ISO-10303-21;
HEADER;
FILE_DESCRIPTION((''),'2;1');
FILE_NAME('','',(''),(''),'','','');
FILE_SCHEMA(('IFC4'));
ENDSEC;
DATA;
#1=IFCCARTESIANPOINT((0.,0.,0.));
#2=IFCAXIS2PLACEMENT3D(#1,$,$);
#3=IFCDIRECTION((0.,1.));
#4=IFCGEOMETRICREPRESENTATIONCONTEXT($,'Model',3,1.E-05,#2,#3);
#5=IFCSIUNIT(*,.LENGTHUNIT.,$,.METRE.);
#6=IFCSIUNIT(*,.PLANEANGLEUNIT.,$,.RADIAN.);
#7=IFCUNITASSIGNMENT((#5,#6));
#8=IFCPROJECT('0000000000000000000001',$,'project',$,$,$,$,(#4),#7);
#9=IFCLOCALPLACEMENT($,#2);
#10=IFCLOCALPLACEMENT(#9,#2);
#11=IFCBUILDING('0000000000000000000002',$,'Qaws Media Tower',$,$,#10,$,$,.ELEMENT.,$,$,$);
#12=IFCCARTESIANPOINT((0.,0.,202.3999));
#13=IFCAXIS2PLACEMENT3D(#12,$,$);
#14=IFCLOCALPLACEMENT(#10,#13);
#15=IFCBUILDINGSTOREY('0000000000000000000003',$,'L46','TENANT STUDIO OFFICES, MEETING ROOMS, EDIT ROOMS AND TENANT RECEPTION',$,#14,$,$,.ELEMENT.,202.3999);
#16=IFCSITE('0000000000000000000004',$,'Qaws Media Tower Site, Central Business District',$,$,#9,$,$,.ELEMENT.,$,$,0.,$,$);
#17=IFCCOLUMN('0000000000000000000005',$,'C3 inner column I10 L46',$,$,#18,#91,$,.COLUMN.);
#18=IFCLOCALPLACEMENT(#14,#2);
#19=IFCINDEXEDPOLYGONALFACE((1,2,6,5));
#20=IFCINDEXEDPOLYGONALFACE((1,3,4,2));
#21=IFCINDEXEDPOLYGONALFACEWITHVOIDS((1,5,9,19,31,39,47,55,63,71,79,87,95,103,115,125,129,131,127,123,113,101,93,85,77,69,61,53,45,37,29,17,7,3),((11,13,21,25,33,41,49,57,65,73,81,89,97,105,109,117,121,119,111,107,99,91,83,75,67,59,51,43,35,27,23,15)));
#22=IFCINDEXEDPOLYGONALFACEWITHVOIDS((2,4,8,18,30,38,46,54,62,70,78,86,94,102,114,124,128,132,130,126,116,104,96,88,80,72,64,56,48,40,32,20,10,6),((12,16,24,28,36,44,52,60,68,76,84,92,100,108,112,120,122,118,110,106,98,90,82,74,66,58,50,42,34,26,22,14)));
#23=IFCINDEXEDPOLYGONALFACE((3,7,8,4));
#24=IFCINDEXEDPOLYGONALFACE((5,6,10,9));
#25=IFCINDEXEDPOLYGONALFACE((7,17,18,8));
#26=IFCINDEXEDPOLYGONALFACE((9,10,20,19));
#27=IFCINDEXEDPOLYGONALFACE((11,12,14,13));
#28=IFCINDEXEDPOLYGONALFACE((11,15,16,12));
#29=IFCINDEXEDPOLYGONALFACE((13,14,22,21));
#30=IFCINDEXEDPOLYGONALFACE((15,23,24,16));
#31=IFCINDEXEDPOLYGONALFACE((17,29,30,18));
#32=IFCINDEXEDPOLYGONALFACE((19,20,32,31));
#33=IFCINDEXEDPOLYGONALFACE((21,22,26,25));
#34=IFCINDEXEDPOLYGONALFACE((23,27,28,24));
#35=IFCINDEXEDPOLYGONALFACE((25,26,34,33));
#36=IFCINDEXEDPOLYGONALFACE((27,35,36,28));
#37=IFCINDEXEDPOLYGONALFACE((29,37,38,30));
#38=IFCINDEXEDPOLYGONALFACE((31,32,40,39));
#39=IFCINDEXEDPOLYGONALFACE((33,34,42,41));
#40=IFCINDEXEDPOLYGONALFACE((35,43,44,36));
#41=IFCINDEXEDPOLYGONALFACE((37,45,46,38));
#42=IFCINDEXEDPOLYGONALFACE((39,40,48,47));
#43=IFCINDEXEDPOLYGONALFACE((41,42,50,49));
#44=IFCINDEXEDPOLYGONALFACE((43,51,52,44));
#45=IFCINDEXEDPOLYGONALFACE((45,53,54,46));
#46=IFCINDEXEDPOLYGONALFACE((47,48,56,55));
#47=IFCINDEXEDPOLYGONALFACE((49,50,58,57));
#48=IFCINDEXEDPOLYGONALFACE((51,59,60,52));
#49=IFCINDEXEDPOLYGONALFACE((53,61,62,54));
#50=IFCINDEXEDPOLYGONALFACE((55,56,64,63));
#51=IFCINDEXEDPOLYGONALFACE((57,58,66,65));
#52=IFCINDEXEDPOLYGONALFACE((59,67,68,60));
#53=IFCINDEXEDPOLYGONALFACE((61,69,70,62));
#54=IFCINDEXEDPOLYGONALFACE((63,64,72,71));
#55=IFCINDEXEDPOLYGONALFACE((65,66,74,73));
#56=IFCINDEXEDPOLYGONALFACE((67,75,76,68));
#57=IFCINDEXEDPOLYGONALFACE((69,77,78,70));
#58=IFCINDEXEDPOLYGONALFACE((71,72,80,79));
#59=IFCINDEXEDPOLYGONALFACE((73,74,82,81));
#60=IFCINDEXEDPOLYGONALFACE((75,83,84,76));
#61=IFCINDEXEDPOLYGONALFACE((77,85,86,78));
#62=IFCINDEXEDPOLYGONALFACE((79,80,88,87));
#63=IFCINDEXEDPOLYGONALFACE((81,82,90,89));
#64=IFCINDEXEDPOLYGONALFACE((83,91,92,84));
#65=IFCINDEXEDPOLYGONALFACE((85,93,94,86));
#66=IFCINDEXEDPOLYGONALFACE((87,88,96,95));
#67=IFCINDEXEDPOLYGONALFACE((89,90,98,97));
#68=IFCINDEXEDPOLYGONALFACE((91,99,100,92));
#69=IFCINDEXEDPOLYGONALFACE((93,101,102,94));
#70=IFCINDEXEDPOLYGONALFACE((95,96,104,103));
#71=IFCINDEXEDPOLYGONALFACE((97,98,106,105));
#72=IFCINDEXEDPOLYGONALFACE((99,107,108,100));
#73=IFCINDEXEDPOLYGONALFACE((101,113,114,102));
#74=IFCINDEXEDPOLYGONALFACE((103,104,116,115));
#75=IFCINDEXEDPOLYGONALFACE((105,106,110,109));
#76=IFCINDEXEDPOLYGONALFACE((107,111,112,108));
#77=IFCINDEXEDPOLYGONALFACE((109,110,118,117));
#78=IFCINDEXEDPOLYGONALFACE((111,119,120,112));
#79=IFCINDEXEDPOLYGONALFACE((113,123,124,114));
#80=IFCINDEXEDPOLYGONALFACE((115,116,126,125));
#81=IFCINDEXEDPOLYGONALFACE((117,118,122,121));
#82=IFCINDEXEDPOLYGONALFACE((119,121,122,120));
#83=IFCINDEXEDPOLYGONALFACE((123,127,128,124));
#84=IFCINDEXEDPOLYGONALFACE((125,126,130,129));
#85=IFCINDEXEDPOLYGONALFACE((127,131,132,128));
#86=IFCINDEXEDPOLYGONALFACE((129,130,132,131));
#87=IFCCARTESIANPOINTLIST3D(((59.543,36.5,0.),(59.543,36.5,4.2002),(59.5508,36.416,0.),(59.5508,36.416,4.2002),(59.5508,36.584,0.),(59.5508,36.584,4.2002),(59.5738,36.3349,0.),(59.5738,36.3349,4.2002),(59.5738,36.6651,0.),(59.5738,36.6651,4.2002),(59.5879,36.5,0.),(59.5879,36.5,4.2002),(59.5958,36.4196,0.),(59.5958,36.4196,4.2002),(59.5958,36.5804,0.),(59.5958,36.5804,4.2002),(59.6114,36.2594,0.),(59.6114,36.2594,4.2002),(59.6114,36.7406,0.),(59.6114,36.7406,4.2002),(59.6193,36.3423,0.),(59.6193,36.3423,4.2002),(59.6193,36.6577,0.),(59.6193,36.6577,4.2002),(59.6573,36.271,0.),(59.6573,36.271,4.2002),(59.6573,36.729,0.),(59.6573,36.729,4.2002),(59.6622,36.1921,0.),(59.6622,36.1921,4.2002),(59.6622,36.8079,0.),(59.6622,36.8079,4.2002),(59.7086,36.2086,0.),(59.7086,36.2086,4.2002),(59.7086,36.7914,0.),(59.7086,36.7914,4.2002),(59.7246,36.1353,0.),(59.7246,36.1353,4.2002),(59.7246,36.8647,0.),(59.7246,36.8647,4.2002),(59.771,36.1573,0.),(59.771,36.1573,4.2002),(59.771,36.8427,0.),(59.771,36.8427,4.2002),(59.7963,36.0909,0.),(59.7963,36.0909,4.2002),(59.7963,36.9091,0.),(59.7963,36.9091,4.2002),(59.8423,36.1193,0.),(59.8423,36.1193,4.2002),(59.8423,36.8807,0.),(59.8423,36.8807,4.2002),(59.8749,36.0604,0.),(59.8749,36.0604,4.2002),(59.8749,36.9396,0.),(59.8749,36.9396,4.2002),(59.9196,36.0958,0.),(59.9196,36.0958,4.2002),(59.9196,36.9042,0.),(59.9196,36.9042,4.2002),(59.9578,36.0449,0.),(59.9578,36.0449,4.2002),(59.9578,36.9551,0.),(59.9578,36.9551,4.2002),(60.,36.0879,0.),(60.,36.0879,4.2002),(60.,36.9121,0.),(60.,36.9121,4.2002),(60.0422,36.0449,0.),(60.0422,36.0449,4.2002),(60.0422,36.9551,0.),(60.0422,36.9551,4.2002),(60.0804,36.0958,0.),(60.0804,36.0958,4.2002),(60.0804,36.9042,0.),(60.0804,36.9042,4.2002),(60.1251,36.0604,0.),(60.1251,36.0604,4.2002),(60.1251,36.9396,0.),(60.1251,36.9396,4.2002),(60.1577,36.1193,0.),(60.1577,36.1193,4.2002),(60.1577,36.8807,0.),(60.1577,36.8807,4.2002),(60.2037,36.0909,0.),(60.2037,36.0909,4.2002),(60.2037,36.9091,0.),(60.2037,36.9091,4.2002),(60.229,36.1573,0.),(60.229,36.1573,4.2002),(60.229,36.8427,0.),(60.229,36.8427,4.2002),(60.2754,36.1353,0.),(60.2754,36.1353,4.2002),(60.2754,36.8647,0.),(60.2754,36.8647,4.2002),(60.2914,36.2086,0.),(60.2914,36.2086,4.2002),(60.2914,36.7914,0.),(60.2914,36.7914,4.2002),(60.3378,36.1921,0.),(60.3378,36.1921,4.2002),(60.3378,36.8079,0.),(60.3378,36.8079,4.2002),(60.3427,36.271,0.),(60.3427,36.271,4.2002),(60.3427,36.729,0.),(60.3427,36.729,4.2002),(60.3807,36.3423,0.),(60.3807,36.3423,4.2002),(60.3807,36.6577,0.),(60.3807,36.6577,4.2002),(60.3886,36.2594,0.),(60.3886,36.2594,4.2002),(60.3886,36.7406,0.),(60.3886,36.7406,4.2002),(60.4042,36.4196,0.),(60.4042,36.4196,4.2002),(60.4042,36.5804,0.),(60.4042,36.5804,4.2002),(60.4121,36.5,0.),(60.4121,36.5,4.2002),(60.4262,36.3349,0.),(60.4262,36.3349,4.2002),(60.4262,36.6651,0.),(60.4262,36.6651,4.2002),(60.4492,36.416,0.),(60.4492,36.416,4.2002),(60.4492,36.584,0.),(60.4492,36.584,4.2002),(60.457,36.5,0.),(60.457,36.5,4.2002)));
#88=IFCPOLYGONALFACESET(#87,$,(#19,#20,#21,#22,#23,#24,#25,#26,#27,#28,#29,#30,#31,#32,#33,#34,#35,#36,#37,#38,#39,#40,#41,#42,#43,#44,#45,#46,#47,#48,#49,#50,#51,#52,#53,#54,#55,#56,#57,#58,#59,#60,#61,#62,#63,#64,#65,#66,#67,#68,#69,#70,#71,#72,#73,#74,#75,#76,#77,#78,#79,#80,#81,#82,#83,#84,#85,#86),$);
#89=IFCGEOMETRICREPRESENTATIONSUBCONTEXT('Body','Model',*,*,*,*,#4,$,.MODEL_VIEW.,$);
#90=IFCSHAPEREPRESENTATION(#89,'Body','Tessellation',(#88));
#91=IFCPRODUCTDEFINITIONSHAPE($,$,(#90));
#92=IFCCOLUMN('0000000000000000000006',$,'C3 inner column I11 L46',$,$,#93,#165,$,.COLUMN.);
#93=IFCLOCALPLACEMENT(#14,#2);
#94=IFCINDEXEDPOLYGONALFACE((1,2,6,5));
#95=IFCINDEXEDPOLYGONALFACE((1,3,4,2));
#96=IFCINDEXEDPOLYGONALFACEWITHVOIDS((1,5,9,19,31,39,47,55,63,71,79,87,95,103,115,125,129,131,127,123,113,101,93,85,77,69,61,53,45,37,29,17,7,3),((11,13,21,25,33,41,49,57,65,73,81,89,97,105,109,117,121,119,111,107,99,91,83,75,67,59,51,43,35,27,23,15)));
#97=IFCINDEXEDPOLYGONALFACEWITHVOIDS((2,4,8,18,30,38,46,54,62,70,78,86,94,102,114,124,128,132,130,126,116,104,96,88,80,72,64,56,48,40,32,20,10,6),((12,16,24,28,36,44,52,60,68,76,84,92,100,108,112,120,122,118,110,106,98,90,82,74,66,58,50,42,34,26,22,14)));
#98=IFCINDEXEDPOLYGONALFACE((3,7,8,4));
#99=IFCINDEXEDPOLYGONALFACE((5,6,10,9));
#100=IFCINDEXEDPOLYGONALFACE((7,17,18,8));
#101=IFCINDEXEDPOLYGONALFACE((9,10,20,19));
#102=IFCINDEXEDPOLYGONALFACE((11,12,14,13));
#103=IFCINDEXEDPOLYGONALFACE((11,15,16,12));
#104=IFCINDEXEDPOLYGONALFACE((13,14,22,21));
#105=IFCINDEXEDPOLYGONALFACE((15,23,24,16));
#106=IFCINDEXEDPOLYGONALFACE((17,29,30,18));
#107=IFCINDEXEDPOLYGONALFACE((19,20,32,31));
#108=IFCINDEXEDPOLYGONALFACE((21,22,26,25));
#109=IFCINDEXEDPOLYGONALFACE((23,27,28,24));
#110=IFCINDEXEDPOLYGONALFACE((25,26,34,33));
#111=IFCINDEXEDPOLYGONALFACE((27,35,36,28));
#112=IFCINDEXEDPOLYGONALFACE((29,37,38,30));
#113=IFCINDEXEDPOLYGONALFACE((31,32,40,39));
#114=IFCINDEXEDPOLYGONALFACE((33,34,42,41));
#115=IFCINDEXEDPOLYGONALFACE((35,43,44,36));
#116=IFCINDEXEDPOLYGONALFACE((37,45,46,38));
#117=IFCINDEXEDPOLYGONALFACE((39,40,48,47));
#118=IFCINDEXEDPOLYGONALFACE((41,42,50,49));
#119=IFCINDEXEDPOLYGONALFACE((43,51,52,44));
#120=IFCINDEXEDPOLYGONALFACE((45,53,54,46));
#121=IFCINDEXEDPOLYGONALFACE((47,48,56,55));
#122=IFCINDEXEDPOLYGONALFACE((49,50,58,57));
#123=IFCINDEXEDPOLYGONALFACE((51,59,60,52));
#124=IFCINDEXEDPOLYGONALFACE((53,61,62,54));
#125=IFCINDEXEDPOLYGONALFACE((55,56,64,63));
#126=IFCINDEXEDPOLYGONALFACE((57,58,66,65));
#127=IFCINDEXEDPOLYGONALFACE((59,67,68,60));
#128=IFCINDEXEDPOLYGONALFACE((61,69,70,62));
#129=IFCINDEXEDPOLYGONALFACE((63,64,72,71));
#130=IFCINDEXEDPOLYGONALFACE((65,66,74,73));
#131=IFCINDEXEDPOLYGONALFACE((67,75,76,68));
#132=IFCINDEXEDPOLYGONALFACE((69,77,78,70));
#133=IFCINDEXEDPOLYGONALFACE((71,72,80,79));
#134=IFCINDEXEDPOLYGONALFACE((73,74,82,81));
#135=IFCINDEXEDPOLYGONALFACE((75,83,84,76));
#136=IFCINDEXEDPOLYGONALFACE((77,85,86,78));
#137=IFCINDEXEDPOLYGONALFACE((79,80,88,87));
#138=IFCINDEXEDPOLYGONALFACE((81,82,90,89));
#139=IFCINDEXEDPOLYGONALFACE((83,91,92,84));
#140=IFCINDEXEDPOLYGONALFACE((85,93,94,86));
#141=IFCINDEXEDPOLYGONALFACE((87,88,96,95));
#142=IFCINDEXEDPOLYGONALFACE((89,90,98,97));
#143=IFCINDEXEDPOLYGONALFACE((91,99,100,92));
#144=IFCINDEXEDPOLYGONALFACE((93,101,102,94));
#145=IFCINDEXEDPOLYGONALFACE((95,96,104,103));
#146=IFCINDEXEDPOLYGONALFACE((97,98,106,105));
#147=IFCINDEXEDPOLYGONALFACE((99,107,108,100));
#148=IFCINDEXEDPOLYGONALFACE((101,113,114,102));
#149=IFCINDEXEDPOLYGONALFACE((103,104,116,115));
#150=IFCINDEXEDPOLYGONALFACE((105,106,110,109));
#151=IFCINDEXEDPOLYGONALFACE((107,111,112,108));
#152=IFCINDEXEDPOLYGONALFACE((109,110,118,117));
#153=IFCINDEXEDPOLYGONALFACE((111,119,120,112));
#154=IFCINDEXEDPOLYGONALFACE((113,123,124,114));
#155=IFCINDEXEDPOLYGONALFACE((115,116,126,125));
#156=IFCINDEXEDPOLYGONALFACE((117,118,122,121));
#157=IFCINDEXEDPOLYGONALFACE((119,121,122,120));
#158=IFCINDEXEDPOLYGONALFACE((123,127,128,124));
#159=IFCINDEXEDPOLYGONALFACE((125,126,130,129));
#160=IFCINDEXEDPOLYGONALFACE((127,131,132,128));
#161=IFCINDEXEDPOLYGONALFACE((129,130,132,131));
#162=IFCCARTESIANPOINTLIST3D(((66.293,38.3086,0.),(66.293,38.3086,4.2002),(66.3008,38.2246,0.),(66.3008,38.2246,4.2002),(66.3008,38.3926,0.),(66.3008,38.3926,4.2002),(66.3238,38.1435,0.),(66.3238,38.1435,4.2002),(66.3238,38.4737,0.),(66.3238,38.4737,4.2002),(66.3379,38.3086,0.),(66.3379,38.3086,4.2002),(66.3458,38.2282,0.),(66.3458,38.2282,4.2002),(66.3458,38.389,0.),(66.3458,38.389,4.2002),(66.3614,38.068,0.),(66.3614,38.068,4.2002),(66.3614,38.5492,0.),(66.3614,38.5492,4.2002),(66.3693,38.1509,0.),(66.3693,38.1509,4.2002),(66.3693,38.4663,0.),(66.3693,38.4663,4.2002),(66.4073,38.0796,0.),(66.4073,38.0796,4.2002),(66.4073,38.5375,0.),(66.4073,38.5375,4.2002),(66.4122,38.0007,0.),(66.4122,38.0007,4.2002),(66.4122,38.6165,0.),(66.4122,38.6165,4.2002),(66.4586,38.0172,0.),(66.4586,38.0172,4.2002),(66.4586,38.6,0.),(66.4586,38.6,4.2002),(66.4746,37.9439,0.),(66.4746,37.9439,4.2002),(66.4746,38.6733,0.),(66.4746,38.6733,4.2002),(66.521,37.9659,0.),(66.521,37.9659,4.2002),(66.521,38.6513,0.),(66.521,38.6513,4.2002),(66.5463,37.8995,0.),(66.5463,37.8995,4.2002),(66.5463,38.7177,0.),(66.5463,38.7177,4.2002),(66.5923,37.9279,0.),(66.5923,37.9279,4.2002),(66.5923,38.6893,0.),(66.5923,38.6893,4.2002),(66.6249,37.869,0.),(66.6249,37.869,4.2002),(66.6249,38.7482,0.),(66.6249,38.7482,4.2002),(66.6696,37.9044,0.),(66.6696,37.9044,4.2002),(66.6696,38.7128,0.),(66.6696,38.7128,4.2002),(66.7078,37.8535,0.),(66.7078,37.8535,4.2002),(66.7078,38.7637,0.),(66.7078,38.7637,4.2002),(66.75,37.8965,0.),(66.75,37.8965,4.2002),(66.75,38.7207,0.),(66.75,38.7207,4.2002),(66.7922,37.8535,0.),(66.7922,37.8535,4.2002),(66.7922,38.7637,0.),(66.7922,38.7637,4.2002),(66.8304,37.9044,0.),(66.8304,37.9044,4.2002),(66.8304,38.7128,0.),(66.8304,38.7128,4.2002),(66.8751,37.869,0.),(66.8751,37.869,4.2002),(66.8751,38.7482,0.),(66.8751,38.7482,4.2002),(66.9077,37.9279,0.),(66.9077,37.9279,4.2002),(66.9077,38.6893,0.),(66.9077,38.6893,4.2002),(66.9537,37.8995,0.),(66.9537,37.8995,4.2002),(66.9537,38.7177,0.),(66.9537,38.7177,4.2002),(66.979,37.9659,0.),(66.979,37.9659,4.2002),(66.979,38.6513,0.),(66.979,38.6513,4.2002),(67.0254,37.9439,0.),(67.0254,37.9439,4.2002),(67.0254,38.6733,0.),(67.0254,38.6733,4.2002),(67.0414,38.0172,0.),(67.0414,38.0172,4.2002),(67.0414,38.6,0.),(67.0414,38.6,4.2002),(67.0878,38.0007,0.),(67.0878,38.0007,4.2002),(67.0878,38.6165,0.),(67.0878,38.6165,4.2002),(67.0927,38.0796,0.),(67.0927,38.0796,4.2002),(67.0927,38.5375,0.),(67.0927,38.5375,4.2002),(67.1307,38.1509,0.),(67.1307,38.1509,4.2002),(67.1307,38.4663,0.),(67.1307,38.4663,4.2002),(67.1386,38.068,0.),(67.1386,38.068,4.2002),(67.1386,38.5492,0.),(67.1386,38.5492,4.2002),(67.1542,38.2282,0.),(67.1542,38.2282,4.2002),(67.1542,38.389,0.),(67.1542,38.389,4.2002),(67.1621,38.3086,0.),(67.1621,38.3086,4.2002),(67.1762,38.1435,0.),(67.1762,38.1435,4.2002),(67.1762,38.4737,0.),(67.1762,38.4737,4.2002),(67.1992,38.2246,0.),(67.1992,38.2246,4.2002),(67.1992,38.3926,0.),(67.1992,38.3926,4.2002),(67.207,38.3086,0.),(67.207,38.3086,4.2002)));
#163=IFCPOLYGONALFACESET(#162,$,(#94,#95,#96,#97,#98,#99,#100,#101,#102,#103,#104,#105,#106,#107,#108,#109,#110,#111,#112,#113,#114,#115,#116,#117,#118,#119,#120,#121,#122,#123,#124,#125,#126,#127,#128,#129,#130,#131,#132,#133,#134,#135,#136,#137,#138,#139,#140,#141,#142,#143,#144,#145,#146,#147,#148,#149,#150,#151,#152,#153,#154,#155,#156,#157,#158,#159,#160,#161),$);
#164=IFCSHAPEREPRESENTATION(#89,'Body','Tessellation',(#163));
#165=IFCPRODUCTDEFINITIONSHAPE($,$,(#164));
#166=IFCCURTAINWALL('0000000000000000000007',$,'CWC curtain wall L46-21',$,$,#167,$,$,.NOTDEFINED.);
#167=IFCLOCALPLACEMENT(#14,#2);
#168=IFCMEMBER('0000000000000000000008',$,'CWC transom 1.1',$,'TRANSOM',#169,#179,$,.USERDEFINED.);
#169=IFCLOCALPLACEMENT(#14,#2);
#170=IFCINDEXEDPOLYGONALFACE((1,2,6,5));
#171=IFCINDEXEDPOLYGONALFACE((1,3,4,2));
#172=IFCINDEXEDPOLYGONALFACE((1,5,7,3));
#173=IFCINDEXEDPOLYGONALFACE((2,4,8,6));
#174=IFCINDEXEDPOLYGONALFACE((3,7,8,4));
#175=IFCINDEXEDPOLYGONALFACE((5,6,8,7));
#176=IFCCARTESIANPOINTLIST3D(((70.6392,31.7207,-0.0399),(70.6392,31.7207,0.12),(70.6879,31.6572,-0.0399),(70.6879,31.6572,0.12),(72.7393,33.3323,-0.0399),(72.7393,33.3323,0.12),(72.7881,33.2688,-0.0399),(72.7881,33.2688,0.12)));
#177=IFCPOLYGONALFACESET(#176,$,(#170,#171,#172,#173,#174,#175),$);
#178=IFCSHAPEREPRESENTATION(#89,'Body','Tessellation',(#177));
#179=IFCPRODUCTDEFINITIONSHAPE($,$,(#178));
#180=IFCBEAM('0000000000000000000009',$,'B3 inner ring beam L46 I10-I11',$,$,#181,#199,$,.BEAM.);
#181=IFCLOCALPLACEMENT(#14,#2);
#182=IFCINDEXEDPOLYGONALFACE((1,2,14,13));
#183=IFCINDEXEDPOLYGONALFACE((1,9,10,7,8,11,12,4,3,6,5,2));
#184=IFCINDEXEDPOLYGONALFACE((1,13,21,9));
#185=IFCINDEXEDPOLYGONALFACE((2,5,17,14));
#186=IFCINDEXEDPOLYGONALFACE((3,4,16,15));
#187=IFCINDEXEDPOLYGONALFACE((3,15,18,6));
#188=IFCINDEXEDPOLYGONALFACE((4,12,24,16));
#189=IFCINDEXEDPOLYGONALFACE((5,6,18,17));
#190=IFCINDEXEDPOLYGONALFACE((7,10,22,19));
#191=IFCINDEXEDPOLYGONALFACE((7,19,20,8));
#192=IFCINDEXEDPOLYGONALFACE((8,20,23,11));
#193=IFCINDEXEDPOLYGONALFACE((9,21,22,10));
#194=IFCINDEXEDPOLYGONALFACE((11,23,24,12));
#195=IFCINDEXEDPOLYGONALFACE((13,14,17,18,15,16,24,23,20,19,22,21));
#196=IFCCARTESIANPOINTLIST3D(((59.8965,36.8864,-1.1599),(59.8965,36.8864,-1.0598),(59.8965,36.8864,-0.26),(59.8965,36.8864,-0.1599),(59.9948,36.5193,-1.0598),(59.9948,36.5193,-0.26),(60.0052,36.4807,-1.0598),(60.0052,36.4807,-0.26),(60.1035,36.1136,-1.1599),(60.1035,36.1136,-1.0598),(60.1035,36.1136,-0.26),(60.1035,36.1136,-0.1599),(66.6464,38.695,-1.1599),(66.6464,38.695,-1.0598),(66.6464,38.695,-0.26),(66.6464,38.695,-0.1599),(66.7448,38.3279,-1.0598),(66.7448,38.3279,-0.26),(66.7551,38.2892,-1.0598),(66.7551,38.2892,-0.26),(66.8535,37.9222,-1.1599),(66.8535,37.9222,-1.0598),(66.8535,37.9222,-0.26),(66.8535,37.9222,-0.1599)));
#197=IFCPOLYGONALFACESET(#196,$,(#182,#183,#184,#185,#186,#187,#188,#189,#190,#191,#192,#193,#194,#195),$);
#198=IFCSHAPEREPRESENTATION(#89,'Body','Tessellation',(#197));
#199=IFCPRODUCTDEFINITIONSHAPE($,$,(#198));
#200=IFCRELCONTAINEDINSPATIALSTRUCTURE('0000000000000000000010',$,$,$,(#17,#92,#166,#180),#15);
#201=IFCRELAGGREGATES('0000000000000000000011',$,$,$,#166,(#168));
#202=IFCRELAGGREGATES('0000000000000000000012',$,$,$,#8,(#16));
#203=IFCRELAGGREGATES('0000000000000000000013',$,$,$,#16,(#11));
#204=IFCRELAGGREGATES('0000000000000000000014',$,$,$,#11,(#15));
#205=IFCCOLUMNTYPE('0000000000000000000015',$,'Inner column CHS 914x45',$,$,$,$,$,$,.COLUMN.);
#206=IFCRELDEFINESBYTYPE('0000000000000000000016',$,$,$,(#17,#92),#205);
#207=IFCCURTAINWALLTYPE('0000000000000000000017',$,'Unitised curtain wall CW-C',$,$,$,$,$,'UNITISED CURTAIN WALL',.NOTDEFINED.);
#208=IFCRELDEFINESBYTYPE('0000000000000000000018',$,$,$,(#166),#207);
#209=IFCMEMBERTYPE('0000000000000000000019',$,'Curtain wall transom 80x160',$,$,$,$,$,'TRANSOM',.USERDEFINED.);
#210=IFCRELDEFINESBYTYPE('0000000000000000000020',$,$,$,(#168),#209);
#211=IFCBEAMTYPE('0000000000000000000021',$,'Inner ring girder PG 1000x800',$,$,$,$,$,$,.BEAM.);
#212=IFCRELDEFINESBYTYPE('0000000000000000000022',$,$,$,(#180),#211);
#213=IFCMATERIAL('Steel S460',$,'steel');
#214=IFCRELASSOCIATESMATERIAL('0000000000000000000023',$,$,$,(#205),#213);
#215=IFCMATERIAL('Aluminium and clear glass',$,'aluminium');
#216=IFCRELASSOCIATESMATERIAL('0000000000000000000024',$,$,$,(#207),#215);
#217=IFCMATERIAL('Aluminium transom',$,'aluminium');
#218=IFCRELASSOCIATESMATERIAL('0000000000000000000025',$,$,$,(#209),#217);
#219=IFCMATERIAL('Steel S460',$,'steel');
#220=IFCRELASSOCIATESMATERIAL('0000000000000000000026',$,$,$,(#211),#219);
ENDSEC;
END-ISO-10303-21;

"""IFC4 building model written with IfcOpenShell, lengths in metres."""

from ifc_helpers import new_model, si_unit, direction, frame, origin, origin_2d, place, context, subcontext, project, spatial, rectangle, hollow_circle, i_section, extrude, material, material_profile, profile_set, type_object, element, aggregate, save


model = new_model("IFC4")

# Units and contexts
model_context = context("Model", 3, precision=1e-05, world=origin(), true_north=direction((0.0, 1.0)))
body_context = subcontext(model_context, "Body", "Model", "MODEL_VIEW")
ifc_project = project(units=[si_unit("LENGTHUNIT", "METRE"), si_unit("PLANEANGLEUNIT", "RADIAN")], contexts=[model_context])

# Site, building, storey
site_placement = place(None, origin())
site = spatial("IfcSite", under=ifc_project, at=site_placement, Name="Qaws Media Tower Site, Central Business District", CompositionType="ELEMENT", RefElevation=0.0)
building_placement = place(site_placement, origin())
building = spatial("IfcBuilding", under=site, at=building_placement, Name="Qaws Media Tower", CompositionType="ELEMENT")
storey_placement = place(building_placement, frame((0.0, 0.0, 202.3999)))
storey = spatial("IfcBuildingStorey", under=building, at=storey_placement, Name="L46", Description="TENANT STUDIO OFFICES, MEETING ROOMS, EDIT ROOMS AND TENANT RECEPTION", CompositionType="ELEMENT", Elevation=202.3999)

# Columns
ifc_material_1 = material(Name="Steel S460", Category="steel")
ifc_material_profile_1 = material_profile(ifc_material_1, hollow_circle(Radius=0.457, WallThickness=0.0449, at=origin_2d()), Name="CHS 914x45")
ifc_profile_set_1 = profile_set([ifc_material_profile_1], Name="Steel S460")
column_type = type_object("IfcColumnType", Name="Inner column CHS 914x45", PredefinedType="COLUMN", material=ifc_profile_set_1)
for number, where, z_axis, x_axis, name in (
    (1, (60.0, 36.5, 0.0), (0.0, 0.0, 1.0), (1.0, 0.0, 0.0), "C3 inner column I10 L46"),
    (2, (66.75, 38.3086, 0.0), (0.0, 0.0, 1.0), (1.0, 0.0, 0.0), "C3 inner column I11 L46"),
):
    element("IfcColumn", number, at=place(storey_placement, frame(where, z_axis=z_axis, x_axis=x_axis)), inside=storey, type_object=column_type, Name=name, PredefinedType="COLUMN", context=body_context, shape_type="SweptSolid", body=[
        extrude(hollow_circle(Radius=0.457, WallThickness=0.0449, at=origin_2d()), origin(), (0.0, 0.0, 1.0), 4.2002),
    ])

# Curtain wall, member
ifc_material_2 = material(Name="Aluminium and clear glass", Category="aluminium")
curtain_wall_type = type_object("IfcCurtainWallType", Name="Unitised curtain wall CW-C", ElementType="UNITISED CURTAIN WALL", PredefinedType="NOTDEFINED", material=ifc_material_2)
curtain_wall_placement = place(storey_placement, origin())
curtain_wall = element("IfcCurtainWall", 3, at=curtain_wall_placement, inside=storey, type_object=curtain_wall_type, Name="CWC curtain wall L46-21", PredefinedType="NOTDEFINED")
ifc_material_3 = material(Name="Aluminium transom", Category="aluminium")
ifc_material_profile_2 = material_profile(ifc_material_3, rectangle(XDim=0.0801, YDim=0.1599, at=origin_2d()), Name="80x160")
ifc_profile_set_2 = profile_set([ifc_material_profile_2], Name="Aluminium transom")
member_type = type_object("IfcMemberType", Name="Curtain wall transom 80x160", ElementType="TRANSOM", PredefinedType="USERDEFINED", material=ifc_profile_set_2)
member_placement = place(storey_placement, frame((70.6636, 31.689, 0.04), z_axis=(0.793333, 0.608788, 0.0), x_axis=(-0.608788, 0.793333, 0.0)))
member = element("IfcMember", 4, at=member_placement, type_object=member_type, Name="CWC transom 1.1", ObjectType="TRANSOM", PredefinedType="USERDEFINED", context=body_context, shape_type="SweptSolid", body=[
    extrude(rectangle(XDim=0.0801, YDim=0.1599, at=origin_2d()), origin(), (0.0, 0.0, 1.0), 2.6472),
])
aggregate(curtain_wall, [member])

# Beam
ifc_material_4 = material(Name="Steel S460", Category="steel")
ifc_material_profile_3 = material_profile(ifc_material_4, i_section(OverallWidth=0.8, OverallDepth=1.0, WebThickness=0.04, FlangeThickness=0.1001, at=origin_2d()), Name="PG 1000x800")
ifc_profile_set_3 = profile_set([ifc_material_profile_3], Name="Steel S460")
beam_type_1 = type_object("IfcBeamType", Name="Inner ring girder PG 1000x800", PredefinedType="BEAM", material=ifc_profile_set_3)
beam_1_placement = place(storey_placement, frame((60.0, 36.5, -0.6599), z_axis=(0.965928, 0.258811, 0.0), x_axis=(-0.258811, 0.965928, 0.0)))
element("IfcBeam", 5, at=beam_1_placement, inside=storey, type_object=beam_type_1, Name="B3 inner ring beam L46 I10-I11", PredefinedType="BEAM", context=body_context, shape_type="SweptSolid", body=[
    extrude(i_section(OverallWidth=0.8, OverallDepth=1.0, WebThickness=0.04, FlangeThickness=0.1001, at=origin_2d()), origin(), (0.0, 0.0, 1.0), 6.988),
])

save(model, "model.ifc")
